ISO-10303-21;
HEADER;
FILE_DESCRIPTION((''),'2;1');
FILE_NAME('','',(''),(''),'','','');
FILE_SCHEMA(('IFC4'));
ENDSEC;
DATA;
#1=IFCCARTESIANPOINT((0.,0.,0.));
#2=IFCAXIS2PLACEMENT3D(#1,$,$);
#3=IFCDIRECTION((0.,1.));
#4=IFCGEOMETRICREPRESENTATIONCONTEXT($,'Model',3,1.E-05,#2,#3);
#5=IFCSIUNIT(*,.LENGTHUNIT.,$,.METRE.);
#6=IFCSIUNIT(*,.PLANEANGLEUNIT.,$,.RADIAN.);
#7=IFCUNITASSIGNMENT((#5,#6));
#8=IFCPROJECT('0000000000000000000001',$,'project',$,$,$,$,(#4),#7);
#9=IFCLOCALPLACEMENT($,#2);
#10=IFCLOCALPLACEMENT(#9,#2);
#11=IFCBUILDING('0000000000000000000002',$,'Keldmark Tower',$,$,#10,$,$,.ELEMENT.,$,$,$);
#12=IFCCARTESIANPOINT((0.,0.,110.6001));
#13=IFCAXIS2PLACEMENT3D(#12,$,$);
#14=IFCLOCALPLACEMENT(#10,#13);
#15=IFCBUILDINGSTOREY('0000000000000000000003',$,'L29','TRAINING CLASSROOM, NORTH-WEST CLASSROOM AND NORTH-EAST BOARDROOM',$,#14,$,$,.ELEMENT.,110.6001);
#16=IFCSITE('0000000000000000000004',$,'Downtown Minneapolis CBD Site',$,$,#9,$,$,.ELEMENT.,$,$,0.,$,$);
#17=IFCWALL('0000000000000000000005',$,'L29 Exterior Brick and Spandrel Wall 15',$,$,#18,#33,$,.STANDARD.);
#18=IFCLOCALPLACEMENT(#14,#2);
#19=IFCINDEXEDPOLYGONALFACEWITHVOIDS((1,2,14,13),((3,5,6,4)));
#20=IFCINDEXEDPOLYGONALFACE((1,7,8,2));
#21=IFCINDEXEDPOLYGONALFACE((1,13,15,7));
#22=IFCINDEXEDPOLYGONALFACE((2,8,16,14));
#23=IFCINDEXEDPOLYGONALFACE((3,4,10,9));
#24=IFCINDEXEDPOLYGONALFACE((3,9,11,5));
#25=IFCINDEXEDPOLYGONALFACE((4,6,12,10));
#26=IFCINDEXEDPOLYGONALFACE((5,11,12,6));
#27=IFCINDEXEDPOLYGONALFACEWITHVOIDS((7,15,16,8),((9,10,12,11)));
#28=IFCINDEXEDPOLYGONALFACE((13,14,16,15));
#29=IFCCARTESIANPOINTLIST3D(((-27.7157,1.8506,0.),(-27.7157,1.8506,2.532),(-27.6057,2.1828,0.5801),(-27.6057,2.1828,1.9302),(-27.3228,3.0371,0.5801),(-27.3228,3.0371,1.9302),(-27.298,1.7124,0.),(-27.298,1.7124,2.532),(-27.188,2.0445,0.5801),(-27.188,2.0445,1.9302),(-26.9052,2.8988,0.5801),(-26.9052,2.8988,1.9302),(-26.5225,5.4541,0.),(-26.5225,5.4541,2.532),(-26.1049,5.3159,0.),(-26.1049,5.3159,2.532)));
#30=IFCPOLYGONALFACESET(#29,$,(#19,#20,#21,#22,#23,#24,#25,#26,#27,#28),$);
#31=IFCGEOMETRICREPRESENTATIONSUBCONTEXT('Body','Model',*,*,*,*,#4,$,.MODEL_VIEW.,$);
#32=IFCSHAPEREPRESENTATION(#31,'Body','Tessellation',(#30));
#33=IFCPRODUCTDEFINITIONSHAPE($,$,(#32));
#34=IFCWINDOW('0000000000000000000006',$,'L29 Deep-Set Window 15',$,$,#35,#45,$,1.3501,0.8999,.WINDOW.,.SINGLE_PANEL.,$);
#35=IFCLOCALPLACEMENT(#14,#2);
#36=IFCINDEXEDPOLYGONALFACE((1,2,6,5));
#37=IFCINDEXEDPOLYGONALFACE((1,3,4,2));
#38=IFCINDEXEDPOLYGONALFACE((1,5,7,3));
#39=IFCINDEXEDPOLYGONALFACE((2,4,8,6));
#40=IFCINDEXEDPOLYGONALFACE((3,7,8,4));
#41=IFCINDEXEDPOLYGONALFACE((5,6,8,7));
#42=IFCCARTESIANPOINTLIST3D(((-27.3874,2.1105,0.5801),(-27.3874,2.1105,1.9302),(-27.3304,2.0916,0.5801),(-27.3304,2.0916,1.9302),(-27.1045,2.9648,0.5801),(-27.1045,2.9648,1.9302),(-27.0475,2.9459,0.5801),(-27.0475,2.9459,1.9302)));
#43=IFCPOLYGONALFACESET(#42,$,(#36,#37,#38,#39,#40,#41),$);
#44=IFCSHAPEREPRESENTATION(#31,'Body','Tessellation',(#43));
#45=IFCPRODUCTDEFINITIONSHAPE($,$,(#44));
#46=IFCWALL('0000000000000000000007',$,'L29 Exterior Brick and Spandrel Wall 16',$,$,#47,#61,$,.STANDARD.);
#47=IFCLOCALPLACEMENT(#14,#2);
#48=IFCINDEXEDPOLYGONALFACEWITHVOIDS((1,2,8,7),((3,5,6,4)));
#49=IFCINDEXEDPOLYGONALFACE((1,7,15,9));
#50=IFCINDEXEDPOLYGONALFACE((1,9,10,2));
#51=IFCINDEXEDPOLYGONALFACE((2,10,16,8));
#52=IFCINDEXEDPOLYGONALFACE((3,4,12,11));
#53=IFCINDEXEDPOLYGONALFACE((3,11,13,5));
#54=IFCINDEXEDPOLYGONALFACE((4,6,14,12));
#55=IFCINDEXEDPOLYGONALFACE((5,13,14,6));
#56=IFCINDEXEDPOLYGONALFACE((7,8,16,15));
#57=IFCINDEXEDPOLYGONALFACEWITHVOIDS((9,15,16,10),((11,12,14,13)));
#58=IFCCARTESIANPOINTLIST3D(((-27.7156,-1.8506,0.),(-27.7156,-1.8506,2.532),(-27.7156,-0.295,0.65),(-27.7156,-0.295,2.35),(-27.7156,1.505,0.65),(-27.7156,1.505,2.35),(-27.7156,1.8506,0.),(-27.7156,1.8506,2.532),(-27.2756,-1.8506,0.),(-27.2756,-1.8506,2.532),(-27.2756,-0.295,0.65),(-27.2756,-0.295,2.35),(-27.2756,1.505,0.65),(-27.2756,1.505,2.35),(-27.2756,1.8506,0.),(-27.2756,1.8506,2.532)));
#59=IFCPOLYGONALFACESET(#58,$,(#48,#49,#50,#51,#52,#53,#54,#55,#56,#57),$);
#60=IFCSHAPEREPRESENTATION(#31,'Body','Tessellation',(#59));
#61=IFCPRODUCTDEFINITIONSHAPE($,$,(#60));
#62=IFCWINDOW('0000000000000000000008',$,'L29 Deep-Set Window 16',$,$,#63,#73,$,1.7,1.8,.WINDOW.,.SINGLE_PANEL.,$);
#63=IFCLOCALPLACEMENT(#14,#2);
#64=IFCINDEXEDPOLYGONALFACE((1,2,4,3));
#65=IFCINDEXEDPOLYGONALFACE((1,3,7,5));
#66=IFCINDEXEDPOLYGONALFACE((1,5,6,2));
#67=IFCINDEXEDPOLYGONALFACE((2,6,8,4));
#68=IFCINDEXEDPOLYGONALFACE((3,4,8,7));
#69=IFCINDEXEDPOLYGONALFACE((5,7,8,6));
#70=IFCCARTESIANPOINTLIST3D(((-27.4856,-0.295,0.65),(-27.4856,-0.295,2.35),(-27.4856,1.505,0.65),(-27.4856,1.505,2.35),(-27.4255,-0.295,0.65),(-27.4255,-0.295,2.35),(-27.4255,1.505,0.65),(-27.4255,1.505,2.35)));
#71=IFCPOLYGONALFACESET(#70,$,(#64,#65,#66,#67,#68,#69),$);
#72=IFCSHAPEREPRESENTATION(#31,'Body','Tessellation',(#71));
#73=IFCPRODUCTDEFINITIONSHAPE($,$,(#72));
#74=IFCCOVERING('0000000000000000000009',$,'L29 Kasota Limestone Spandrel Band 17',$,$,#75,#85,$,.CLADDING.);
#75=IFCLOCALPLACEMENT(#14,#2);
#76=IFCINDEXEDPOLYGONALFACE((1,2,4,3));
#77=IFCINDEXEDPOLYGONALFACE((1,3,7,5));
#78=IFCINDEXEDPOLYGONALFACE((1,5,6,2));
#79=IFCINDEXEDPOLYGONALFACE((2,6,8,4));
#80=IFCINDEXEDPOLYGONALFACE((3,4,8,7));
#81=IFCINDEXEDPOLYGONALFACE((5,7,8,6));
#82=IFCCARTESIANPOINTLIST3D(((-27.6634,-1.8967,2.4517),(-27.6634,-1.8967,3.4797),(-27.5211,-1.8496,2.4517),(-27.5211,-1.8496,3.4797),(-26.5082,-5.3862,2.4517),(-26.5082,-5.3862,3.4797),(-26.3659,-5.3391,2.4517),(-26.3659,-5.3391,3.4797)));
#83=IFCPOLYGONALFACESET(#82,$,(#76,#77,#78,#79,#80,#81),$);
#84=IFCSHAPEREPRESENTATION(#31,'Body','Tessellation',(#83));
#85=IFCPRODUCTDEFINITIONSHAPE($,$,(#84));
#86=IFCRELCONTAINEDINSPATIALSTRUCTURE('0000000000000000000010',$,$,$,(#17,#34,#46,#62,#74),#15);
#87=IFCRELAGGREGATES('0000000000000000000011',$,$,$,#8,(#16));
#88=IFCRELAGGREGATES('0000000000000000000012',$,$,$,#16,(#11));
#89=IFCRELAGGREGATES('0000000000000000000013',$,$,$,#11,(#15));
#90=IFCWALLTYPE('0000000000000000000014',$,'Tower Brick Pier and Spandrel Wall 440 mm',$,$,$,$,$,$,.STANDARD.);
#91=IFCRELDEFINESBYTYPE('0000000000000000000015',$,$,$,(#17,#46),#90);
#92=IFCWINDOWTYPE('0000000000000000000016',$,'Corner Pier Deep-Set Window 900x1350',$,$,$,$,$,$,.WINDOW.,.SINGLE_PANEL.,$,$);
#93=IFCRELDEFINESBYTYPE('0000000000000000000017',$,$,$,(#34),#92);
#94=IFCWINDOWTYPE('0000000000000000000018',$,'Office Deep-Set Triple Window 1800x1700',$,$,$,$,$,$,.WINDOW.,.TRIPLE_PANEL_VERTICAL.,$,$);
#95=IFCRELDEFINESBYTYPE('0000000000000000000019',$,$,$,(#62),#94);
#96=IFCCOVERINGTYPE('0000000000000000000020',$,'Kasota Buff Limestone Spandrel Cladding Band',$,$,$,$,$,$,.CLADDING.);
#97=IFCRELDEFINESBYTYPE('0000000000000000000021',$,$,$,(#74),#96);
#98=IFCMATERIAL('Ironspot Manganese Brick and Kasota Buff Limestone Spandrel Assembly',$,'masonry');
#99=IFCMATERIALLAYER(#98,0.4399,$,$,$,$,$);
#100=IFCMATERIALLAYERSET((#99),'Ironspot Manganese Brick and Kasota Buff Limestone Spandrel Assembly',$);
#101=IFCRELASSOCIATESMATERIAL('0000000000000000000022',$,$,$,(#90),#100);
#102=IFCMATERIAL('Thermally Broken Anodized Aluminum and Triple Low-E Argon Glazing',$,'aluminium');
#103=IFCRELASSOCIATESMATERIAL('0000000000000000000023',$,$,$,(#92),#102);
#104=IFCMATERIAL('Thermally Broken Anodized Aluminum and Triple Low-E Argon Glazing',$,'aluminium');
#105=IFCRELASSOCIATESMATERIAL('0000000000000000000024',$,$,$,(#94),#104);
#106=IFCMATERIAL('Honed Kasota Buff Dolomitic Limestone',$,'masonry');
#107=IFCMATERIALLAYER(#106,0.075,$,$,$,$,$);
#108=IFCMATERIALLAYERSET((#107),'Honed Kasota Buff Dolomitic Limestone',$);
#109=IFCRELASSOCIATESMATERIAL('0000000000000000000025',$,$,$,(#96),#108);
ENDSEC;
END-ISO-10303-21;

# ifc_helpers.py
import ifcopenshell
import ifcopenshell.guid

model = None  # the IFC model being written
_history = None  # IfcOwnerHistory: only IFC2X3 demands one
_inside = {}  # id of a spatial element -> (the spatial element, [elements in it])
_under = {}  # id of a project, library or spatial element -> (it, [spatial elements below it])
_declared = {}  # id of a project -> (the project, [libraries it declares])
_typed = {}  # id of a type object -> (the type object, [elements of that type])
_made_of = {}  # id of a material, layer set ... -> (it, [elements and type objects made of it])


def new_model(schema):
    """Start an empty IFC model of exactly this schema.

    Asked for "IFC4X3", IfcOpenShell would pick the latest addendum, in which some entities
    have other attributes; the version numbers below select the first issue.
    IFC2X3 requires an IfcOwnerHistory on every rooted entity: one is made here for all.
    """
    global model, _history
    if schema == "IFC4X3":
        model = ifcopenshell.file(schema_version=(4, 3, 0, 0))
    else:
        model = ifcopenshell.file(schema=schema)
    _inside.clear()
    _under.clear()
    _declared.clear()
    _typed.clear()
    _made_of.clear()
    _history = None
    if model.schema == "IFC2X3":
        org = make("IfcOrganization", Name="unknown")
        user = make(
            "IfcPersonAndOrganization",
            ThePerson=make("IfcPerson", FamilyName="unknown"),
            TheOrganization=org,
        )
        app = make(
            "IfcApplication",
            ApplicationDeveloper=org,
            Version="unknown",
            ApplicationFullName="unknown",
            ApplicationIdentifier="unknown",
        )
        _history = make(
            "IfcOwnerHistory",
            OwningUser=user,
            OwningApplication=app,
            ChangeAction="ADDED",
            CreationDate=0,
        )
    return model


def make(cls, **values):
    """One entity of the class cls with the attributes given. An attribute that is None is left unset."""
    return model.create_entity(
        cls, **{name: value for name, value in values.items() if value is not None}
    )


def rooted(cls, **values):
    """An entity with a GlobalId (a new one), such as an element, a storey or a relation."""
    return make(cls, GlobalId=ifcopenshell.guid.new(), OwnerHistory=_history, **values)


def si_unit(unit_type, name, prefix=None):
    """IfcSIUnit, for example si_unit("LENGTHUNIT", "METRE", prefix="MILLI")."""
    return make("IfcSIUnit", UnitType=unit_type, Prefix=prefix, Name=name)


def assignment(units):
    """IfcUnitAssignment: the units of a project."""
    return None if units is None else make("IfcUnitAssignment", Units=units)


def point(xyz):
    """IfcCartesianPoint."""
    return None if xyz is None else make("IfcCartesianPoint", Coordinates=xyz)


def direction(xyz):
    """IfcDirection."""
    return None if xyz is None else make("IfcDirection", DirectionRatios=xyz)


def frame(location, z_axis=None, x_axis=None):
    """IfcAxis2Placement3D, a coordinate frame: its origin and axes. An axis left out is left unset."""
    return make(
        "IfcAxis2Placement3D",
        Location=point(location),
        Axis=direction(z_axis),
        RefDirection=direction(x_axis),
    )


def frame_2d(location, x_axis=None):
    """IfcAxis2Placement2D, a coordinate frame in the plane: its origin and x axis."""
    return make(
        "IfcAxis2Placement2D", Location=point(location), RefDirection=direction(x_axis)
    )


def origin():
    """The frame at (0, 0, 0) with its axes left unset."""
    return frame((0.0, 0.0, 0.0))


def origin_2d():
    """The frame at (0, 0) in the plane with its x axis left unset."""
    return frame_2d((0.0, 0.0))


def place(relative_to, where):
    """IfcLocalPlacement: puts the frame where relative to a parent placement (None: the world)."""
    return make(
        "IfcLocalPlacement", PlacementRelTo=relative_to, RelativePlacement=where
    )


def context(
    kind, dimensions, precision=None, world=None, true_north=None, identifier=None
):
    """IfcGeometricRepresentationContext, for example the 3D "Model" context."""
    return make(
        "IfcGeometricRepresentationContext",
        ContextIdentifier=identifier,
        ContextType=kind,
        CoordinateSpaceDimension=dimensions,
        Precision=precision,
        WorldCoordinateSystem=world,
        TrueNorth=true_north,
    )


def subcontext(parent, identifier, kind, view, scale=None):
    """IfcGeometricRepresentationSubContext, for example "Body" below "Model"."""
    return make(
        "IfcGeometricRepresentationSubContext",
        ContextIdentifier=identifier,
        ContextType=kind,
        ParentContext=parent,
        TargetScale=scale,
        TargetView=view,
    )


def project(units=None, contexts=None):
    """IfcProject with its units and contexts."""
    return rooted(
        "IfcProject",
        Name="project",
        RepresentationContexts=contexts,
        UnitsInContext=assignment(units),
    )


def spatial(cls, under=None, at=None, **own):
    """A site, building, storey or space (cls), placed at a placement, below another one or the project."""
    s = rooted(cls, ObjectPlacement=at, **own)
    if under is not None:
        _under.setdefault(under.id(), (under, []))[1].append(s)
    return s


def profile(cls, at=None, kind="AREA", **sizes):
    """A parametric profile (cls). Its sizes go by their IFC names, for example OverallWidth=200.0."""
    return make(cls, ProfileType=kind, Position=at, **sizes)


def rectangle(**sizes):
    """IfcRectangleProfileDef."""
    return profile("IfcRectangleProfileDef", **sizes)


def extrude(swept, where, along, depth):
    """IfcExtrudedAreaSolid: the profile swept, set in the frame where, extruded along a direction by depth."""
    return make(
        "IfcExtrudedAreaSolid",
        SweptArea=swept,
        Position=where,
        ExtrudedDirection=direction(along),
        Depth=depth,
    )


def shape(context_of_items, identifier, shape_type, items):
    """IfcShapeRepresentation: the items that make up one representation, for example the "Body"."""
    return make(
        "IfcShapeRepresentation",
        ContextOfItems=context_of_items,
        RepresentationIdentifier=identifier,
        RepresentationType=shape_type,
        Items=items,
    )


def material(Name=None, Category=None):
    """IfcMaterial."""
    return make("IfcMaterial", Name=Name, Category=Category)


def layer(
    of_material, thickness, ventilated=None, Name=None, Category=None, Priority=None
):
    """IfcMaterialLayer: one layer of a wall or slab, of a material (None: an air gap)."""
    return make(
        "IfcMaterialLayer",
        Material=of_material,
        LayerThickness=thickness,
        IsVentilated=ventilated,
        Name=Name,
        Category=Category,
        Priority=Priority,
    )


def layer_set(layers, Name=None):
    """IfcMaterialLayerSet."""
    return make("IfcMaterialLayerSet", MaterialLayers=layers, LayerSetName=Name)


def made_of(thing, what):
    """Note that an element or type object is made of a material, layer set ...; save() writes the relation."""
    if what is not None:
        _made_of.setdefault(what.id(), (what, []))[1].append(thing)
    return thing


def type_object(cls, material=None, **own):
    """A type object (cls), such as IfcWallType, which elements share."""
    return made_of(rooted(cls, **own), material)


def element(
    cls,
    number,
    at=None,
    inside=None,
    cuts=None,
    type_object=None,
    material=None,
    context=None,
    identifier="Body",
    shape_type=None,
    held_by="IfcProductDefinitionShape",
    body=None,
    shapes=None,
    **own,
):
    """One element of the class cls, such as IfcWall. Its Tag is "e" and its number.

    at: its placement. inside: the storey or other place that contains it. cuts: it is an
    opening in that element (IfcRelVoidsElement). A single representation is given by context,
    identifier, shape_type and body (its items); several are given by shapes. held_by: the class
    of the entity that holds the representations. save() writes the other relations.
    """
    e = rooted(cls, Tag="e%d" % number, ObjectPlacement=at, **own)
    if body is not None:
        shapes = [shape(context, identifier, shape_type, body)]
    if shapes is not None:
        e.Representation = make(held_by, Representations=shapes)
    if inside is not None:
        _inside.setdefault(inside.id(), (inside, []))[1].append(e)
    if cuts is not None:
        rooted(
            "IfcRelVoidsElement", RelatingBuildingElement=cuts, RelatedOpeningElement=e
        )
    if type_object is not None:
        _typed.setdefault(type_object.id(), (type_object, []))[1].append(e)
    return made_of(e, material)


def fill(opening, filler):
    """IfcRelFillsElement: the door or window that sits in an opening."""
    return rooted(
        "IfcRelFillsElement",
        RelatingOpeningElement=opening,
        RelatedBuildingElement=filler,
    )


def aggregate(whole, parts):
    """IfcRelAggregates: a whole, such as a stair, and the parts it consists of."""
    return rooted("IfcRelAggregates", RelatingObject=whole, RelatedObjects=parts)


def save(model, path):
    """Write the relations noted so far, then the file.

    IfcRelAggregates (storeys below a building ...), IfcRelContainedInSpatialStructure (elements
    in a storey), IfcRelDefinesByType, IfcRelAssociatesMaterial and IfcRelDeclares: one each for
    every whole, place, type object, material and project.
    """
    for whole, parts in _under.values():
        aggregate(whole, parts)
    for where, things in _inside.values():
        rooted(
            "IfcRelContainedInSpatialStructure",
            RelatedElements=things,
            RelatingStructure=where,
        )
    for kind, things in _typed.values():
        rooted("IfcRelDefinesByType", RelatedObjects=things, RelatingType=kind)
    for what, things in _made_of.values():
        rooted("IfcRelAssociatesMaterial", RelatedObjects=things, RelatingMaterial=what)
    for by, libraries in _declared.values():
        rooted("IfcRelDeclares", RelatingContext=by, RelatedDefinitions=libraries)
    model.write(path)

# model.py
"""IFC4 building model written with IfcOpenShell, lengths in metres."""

from ifc_helpers import new_model, si_unit, direction, frame, frame_2d, origin, origin_2d, place, context, subcontext, project, spatial, rectangle, extrude, material, layer, layer_set, type_object, element, fill, save


model = new_model("IFC4")

# Units and contexts
model_context = context("Model", 3, precision=1e-05, world=origin(), true_north=direction((0.0, 1.0)))
body_context = subcontext(model_context, "Body", "Model", "MODEL_VIEW")
ifc_project = project(units=[si_unit("LENGTHUNIT", "METRE"), si_unit("PLANEANGLEUNIT", "RADIAN")], contexts=[model_context])

# Site, building, storey
site_placement = place(None, origin())
site = spatial("IfcSite", under=ifc_project, at=site_placement, Name="Downtown Minneapolis CBD Site", CompositionType="ELEMENT", RefElevation=0.0)
building_placement = place(site_placement, origin())
building = spatial("IfcBuilding", under=site, at=building_placement, Name="Keldmark Tower", CompositionType="ELEMENT")
storey_placement = place(building_placement, frame((0.0, 0.0, 110.6001)))
storey = spatial("IfcBuildingStorey", under=building, at=storey_placement, Name="L29", Description="TRAINING CLASSROOM, NORTH-WEST CLASSROOM AND NORTH-EAST BOARDROOM", CompositionType="ELEMENT", Elevation=110.6001)

# Walls, openings, windows
ifc_material_1 = material(Name="Ironspot Manganese Brick and Kasota Buff Limestone Spandrel Assembly", Category="masonry")
ifc_layer_1 = layer(ifc_material_1, 0.4399)
ifc_layer_set_1 = layer_set([ifc_layer_1], Name="Ironspot Manganese Brick and Kasota Buff Limestone Spandrel Assembly")
wall_type_1 = type_object("IfcWallType", Name="Tower Brick Pier and Spandrel Wall 440 mm", PredefinedType="STANDARD", material=ifc_layer_set_1)
wall_1_placement = place(storey_placement, frame((-27.5068, 1.7815, 0.0), z_axis=(0.0, 0.0, 1.0), x_axis=(0.314317, 0.949318, 0.0)))
wall_1 = element("IfcWall", 1, at=wall_1_placement, inside=storey, type_object=wall_type_1, Name="L29 Exterior Brick and Spandrel Wall 15", PredefinedType="STANDARD", context=body_context, shape_type="SweptSolid", body=[
    extrude(rectangle(XDim=3.7959, YDim=0.4399, at=frame_2d((1.8979, 0.0))), origin(), (0.0, 0.0, 1.0), 2.532),
])
opening_1_placement = place(wall_1_placement, frame((0.3499, 0.0, 0.5801)))
opening_1 = element("IfcOpeningElement", 2, at=opening_1_placement, cuts=wall_1, PredefinedType="OPENING", context=body_context, shape_type="SweptSolid", body=[
    extrude(rectangle(XDim=0.8999, YDim=1.3501, at=frame_2d((0.45, 0.675))), frame((0.0, 0.23, 0.0), z_axis=(0.0, -1.0, 0.0), x_axis=(1.0, 0.0, 0.0)), (0.0, 0.0, 1.0), 0.46),
])
ifc_material_2 = material(Name="Thermally Broken Anodized Aluminum and Triple Low-E Argon Glazing", Category="aluminium")
window_type_1 = type_object("IfcWindowType", Name="Corner Pier Deep-Set Window 900x1350", PartitioningType="SINGLE_PANEL", PredefinedType="WINDOW", material=ifc_material_2)
window_1_placement = place(opening_1_placement, origin())
window_1 = element("IfcWindow", 3, at=window_1_placement, inside=storey, type_object=window_type_1, Name="L29 Deep-Set Window 15", OverallHeight=1.3501, OverallWidth=0.8999, PartitioningType="SINGLE_PANEL", PredefinedType="WINDOW", context=body_context, shape_type="SweptSolid", body=[
    extrude(rectangle(XDim=0.8999, YDim=1.3501, at=frame_2d((0.45, 0.675))), frame((0.0, -0.01, 0.0), z_axis=(0.0, -1.0, 0.0), x_axis=(1.0, 0.0, 0.0)), (0.0, 0.0, 1.0), 0.0601),
])
fill(opening_1, window_1)
wall_2_placement = place(storey_placement, frame((-27.4956, -1.8506, 0.0), z_axis=(0.0, 0.0, 1.0), x_axis=(0.0, 1.0, 0.0)))
wall_2 = element("IfcWall", 4, at=wall_2_placement, inside=storey, type_object=wall_type_1, Name="L29 Exterior Brick and Spandrel Wall 16", PredefinedType="STANDARD", context=body_context, shape_type="SweptSolid", body=[
    extrude(rectangle(XDim=3.7012, YDim=0.4399, at=frame_2d((1.8506, 0.0))), origin(), (0.0, 0.0, 1.0), 2.532),
])
opening_2_placement = place(wall_2_placement, frame((1.5557, 0.0, 0.6499)))
opening_2 = element("IfcOpeningElement", 5, at=opening_2_placement, cuts=wall_2, PredefinedType="OPENING", context=body_context, shape_type="SweptSolid", body=[
    extrude(rectangle(XDim=1.8, YDim=1.7, at=frame_2d((0.8999, 0.8501))), frame((0.0, 0.23, 0.0), z_axis=(0.0, -1.0, 0.0), x_axis=(1.0, 0.0, 0.0)), (0.0, 0.0, 1.0), 0.46),
])
ifc_material_3 = material(Name="Thermally Broken Anodized Aluminum and Triple Low-E Argon Glazing", Category="aluminium")
window_type_2 = type_object("IfcWindowType", Name="Office Deep-Set Triple Window 1800x1700", PartitioningType="TRIPLE_PANEL_VERTICAL", PredefinedType="WINDOW", material=ifc_material_3)
window_2_placement = place(opening_2_placement, origin())
window_2 = element("IfcWindow", 6, at=window_2_placement, inside=storey, type_object=window_type_2, Name="L29 Deep-Set Window 16", OverallHeight=1.7, OverallWidth=1.8, PartitioningType="SINGLE_PANEL", PredefinedType="WINDOW", context=body_context, shape_type="SweptSolid", body=[
    extrude(rectangle(XDim=1.8, YDim=1.7, at=frame_2d((0.8999, 0.8501))), frame((0.0, -0.01, 0.0), z_axis=(0.0, -1.0, 0.0), x_axis=(1.0, 0.0, 0.0)), (0.0, 0.0, 1.0), 0.0601),
])
fill(opening_2, window_2)

# Covering
ifc_material_4 = material(Name="Honed Kasota Buff Dolomitic Limestone", Category="masonry")
ifc_layer_2 = layer(ifc_material_4, 0.075)
ifc_layer_set_2 = layer_set([ifc_layer_2], Name="Honed Kasota Buff Dolomitic Limestone")
covering_type = type_object("IfcCoveringType", Name="Kasota Buff Limestone Spandrel Cladding Band", PredefinedType="CLADDING", material=ifc_layer_set_2)
covering_placement = place(storey_placement, frame((-27.0146, -3.6179, 2.4517), z_axis=(0.0, 0.0, 1.0), x_axis=(0.314291, -0.949327, 0.0)))
element("IfcCovering", 7, at=covering_placement, inside=storey, type_object=covering_type, Name="L29 Kasota Limestone Spandrel Band 17", PredefinedType="CLADDING", context=body_context, shape_type="SweptSolid", body=[
    extrude(rectangle(XDim=3.6758, YDim=0.1499, at=origin_2d()), origin(), (0.0, 0.0, 1.0), 1.0281),
])

save(model, "model.ifc")
